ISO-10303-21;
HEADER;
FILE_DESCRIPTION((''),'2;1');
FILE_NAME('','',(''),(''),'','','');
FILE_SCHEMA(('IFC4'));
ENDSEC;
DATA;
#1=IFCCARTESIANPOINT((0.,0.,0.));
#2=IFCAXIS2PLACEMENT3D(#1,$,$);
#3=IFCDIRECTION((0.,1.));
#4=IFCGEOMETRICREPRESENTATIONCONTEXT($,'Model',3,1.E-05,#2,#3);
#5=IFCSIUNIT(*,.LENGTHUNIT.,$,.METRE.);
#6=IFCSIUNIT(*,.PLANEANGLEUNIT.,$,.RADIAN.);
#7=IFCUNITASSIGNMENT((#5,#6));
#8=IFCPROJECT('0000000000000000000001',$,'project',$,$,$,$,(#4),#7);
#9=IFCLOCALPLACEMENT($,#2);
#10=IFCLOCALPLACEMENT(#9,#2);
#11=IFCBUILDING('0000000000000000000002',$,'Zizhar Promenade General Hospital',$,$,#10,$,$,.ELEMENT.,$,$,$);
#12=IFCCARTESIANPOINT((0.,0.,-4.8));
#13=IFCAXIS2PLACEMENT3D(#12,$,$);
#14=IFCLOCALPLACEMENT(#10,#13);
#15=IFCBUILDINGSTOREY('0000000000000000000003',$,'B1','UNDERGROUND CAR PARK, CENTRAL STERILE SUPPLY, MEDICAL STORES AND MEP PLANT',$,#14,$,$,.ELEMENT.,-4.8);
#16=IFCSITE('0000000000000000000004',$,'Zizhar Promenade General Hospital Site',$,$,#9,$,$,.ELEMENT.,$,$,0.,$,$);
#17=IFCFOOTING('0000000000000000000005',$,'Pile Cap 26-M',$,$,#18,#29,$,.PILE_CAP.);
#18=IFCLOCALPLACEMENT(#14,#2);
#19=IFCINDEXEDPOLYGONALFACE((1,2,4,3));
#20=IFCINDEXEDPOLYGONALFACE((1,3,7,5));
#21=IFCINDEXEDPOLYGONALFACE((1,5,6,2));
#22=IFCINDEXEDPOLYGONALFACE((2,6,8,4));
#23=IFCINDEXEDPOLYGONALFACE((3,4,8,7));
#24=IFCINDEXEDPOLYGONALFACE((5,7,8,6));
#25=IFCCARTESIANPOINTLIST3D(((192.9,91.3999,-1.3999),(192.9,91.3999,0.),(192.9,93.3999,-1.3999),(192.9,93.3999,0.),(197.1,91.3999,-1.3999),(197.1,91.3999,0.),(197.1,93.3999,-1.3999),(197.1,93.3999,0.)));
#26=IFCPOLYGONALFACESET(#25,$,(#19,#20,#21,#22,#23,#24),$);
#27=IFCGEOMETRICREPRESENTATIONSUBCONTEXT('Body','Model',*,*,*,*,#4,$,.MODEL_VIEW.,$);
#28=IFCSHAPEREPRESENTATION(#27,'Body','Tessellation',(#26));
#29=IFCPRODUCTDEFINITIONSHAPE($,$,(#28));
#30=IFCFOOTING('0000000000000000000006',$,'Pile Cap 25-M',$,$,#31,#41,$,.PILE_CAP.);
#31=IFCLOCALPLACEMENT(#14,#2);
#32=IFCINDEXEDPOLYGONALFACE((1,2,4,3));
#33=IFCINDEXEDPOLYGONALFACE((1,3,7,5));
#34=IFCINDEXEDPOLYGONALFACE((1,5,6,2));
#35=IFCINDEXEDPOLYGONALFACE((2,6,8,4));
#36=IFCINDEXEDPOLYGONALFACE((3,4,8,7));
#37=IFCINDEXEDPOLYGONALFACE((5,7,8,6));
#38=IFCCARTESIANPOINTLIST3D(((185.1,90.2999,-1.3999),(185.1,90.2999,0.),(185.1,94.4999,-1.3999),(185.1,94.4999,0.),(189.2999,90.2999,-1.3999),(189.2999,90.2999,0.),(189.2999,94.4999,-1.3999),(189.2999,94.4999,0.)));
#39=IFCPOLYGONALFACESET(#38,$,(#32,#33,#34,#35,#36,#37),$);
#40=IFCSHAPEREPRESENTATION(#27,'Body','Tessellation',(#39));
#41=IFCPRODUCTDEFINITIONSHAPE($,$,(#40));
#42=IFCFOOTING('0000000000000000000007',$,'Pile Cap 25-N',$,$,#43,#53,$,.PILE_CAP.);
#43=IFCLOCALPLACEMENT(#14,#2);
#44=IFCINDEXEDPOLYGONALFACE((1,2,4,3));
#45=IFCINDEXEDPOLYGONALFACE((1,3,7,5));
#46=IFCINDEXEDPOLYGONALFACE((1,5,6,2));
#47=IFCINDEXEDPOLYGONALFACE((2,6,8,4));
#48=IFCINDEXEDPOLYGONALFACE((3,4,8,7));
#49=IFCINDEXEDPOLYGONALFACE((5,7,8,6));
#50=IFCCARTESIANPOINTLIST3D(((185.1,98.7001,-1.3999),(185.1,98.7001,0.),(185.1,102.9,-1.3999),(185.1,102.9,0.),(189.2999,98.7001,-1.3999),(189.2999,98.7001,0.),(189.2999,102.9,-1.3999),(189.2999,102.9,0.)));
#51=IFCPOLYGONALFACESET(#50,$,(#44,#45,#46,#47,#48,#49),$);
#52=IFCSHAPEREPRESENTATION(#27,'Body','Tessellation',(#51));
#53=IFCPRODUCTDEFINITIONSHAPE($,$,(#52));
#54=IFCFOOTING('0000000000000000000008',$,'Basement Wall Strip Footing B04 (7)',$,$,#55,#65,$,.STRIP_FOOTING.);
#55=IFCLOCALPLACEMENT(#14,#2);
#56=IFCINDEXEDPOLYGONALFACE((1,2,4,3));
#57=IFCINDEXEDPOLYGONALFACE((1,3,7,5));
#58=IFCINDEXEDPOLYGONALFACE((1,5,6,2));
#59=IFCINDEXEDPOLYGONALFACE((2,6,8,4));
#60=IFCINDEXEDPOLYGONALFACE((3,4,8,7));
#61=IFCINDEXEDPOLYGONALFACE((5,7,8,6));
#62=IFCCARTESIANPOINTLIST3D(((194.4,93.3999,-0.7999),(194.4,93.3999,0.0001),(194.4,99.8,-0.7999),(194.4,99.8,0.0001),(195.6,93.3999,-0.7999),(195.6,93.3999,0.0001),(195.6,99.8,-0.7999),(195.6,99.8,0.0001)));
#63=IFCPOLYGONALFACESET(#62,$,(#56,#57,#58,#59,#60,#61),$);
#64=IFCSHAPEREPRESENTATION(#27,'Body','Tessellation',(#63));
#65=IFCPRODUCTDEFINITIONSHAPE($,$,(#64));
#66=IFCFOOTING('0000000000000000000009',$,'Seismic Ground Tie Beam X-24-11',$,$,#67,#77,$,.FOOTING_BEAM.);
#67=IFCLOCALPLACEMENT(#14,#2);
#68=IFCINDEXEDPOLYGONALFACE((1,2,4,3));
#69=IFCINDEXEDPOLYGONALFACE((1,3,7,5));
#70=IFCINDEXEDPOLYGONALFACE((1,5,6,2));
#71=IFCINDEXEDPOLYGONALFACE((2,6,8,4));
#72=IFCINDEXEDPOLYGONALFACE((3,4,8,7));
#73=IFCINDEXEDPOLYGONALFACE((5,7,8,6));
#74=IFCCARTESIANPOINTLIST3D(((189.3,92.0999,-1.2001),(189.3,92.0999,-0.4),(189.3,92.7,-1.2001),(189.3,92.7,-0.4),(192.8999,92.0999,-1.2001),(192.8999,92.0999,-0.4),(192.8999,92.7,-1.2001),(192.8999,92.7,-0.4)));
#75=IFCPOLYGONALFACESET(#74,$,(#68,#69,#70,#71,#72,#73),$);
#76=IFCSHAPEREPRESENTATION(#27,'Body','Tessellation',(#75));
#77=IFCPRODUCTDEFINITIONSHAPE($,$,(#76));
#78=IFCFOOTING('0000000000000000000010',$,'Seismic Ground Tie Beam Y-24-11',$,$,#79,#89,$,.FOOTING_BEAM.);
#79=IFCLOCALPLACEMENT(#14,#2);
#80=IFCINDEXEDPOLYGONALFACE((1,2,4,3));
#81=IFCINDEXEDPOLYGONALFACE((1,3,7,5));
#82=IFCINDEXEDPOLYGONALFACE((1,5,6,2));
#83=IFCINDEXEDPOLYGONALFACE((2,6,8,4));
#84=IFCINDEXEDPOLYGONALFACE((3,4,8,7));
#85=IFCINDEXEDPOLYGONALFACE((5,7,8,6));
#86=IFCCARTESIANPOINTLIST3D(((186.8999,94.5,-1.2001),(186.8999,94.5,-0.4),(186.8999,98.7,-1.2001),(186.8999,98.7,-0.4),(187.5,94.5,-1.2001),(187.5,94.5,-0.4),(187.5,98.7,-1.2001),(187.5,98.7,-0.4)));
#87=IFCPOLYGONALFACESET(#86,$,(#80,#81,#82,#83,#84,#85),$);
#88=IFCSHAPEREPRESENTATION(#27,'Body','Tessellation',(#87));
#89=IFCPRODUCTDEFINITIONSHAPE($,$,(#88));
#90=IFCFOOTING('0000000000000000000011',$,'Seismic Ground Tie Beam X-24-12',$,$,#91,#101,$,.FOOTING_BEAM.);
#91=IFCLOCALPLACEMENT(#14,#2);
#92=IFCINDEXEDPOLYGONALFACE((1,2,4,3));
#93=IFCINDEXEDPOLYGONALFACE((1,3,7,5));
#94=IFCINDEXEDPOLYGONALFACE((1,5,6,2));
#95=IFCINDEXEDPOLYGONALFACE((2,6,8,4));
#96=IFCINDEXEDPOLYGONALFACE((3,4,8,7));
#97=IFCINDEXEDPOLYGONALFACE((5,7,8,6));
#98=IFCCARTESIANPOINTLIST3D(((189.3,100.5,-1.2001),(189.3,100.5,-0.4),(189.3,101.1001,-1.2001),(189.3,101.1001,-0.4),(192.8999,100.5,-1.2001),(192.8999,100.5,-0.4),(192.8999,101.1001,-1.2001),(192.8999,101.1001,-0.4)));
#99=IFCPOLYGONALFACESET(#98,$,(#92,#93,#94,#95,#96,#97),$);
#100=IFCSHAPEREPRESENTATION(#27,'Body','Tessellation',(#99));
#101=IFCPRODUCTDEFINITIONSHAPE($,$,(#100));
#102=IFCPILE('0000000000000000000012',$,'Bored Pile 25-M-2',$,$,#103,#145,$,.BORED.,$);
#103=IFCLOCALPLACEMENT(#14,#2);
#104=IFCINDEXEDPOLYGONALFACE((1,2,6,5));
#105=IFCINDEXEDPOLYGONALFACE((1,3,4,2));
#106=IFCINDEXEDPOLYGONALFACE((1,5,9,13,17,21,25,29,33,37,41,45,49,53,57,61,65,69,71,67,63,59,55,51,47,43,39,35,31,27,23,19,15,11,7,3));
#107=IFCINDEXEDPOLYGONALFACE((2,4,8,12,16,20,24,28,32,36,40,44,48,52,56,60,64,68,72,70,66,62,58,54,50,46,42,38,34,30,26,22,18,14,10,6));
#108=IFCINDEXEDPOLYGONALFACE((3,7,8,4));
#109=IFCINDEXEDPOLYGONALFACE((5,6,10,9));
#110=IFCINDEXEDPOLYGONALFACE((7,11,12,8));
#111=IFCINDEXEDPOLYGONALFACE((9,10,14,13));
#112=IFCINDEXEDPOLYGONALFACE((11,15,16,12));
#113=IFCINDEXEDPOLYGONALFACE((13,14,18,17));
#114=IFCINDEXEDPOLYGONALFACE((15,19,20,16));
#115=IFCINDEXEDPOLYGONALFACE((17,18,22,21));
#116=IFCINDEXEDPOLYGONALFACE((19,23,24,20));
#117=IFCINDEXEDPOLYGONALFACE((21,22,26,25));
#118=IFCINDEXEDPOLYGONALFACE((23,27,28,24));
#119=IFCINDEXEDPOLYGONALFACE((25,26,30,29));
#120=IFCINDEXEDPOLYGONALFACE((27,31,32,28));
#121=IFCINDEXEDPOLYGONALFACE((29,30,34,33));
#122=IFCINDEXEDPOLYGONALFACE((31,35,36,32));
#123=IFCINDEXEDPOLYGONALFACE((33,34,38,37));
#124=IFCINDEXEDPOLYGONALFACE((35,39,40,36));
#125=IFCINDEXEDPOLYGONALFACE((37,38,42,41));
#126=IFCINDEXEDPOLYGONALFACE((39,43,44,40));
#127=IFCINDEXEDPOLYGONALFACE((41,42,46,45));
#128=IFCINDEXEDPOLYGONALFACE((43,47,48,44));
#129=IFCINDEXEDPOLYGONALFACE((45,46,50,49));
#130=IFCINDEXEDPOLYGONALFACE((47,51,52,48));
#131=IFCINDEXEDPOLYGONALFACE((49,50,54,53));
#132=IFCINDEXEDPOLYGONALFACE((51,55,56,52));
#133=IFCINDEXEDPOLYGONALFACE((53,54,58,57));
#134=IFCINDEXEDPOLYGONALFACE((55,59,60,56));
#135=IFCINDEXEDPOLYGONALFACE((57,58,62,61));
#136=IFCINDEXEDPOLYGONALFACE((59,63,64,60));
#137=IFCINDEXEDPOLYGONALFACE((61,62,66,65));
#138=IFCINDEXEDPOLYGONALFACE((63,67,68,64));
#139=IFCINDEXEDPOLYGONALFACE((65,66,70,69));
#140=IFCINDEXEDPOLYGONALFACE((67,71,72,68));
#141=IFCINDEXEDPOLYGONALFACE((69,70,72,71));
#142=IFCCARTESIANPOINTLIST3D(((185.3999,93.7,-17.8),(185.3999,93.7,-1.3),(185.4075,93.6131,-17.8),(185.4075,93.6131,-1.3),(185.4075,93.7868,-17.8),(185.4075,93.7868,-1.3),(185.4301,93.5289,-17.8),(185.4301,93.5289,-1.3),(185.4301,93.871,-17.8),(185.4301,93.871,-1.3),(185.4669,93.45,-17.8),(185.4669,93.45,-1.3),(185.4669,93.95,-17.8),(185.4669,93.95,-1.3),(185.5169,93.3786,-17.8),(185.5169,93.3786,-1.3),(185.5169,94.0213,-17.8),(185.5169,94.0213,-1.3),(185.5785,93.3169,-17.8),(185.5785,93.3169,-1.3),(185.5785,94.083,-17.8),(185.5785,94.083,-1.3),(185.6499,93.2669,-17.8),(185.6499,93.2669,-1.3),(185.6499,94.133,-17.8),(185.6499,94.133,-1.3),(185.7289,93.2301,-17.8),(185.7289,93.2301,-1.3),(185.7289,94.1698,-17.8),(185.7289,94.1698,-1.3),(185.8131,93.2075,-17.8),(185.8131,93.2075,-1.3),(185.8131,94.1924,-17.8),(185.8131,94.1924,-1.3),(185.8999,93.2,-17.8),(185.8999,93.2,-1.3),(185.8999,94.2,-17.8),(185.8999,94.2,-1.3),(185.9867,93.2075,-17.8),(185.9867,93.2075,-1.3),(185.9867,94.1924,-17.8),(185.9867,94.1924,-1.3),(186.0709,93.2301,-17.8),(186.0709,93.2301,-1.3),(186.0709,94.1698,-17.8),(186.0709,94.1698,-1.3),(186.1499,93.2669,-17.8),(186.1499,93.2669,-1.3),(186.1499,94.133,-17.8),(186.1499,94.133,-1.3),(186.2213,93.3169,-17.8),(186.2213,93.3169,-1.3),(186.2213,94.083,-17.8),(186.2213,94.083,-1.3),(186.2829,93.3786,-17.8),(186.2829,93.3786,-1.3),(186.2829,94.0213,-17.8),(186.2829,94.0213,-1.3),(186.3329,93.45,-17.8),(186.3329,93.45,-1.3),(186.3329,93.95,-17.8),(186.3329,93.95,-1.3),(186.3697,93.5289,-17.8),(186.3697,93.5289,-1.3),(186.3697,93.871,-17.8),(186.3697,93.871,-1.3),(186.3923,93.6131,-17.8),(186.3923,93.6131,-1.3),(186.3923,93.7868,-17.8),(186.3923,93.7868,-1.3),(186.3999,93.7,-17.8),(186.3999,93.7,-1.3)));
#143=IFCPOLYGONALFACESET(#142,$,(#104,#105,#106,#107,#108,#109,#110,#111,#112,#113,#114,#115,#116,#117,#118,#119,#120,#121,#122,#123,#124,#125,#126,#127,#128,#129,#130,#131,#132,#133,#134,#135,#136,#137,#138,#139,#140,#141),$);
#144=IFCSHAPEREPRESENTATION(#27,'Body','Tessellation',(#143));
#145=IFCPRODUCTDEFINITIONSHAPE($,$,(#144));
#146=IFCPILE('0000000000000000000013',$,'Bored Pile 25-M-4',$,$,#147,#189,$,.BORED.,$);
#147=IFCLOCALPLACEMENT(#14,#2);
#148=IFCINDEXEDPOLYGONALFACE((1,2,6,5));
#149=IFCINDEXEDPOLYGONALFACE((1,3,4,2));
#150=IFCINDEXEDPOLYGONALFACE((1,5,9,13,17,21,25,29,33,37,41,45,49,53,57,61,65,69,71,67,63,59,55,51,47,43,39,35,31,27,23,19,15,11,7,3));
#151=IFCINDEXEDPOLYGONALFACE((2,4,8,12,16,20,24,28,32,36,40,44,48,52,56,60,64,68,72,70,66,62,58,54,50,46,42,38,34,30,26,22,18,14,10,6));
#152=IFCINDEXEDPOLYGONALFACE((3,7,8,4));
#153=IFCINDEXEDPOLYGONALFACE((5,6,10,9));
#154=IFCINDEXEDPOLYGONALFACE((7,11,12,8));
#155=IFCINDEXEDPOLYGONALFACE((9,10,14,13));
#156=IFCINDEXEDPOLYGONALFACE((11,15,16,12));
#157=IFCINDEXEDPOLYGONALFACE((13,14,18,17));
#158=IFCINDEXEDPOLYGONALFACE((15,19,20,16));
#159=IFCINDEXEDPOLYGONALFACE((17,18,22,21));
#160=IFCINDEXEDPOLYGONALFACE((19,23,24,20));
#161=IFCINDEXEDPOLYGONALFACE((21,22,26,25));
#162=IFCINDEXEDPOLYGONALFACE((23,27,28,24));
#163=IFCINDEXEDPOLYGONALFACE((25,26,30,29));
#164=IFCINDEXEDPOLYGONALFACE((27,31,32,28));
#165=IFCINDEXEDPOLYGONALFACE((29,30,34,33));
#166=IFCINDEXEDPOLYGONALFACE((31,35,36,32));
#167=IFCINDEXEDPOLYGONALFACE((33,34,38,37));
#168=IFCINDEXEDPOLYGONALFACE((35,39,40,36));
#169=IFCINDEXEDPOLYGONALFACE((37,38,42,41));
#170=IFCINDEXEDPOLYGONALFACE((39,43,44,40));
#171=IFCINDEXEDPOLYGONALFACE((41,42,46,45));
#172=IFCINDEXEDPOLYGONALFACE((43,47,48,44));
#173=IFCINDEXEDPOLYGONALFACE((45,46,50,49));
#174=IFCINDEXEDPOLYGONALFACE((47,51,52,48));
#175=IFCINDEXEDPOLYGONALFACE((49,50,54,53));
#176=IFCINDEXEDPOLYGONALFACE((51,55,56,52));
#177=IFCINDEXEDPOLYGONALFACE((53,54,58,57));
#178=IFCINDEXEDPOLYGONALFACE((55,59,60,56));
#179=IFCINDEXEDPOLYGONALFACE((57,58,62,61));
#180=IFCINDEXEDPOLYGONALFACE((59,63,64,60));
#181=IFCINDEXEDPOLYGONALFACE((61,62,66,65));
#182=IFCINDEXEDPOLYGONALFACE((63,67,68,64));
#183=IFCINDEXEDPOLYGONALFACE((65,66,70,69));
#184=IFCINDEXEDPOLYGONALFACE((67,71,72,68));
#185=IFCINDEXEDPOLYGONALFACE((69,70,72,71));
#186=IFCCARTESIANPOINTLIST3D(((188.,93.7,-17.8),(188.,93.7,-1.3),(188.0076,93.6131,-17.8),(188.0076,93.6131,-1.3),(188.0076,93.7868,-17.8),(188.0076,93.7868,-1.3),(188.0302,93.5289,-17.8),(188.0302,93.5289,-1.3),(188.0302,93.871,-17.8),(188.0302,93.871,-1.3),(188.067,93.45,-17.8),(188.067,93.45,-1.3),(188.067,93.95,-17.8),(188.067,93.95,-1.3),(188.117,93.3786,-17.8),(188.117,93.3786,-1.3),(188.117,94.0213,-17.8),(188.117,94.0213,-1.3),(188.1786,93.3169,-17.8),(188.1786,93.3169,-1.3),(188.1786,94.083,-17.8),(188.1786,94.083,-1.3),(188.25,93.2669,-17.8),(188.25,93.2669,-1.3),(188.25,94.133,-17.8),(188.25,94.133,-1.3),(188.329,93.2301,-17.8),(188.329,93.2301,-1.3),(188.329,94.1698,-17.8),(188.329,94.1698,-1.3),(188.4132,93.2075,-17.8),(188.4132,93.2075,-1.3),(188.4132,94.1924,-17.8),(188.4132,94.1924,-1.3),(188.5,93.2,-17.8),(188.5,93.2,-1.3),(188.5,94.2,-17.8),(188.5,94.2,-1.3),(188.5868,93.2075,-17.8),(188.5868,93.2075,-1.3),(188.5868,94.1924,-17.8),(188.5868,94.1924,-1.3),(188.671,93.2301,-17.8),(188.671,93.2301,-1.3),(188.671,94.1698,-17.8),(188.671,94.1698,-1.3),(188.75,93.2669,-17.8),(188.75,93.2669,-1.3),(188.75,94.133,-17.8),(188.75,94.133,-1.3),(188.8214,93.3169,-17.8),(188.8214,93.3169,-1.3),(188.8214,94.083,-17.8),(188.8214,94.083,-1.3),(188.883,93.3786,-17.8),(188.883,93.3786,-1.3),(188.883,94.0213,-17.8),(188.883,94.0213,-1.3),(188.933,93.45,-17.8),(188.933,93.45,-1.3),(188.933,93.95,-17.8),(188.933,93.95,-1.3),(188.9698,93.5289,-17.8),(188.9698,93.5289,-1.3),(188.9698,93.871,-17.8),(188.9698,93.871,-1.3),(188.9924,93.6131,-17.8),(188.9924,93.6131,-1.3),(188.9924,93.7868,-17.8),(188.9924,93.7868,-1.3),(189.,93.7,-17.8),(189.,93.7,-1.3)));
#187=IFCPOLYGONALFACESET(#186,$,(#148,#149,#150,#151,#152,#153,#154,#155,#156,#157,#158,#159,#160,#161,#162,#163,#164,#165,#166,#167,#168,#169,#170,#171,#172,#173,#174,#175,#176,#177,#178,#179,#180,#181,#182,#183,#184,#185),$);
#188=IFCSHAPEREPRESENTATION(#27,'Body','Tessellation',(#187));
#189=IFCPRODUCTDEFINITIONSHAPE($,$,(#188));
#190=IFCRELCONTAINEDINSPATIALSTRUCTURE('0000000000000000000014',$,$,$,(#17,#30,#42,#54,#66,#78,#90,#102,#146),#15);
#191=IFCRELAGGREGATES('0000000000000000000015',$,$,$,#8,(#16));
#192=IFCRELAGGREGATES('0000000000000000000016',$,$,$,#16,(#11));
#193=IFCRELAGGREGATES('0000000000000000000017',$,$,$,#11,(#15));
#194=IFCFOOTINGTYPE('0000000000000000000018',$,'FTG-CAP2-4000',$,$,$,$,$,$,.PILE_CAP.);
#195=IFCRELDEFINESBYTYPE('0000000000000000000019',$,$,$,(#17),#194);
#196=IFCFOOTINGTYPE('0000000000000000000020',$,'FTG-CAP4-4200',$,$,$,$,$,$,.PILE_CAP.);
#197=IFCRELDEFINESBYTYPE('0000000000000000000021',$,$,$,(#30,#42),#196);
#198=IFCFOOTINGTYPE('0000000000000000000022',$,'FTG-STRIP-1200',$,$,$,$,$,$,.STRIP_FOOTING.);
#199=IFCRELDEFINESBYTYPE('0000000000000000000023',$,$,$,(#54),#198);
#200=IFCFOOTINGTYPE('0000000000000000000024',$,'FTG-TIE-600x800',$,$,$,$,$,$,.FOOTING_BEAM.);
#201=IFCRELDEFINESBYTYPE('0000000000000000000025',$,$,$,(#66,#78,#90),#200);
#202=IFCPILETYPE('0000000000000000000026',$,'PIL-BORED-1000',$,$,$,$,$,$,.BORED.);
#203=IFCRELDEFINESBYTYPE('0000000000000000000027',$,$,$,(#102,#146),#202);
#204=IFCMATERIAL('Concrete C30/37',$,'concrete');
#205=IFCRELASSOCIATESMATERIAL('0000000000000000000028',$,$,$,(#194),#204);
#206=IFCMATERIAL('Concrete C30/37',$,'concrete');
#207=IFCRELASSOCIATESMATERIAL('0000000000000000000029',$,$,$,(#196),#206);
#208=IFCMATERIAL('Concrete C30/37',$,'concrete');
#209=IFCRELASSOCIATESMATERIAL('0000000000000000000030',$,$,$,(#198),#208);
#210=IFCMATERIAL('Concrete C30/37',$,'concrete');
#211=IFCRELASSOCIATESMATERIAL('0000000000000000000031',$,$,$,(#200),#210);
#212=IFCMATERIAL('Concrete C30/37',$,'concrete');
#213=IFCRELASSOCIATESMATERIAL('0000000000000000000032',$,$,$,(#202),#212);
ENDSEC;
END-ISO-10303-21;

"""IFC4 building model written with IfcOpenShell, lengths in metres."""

from ifc_helpers import new_model, si_unit, direction, frame, origin, origin_2d, place, context, subcontext, project, spatial, rectangle, circle, extrude, material, material_profile, profile_set, type_object, element, save


model = new_model("IFC4")

# Units and contexts
model_context = context("Model", 3, precision=1e-05, world=origin(), true_north=direction((0.0, 1.0)))
body_context = subcontext(model_context, "Body", "Model", "MODEL_VIEW")
ifc_project = project(units=[si_unit("LENGTHUNIT", "METRE"), si_unit("PLANEANGLEUNIT", "RADIAN")], contexts=[model_context])

# Site, building, storey
site_placement = place(None, origin())
site = spatial("IfcSite", under=ifc_project, at=site_placement, Name="Zizhar Promenade General Hospital Site", CompositionType="ELEMENT", RefElevation=0.0)
building_placement = place(site_placement, origin())
building = spatial("IfcBuilding", under=site, at=building_placement, Name="Zizhar Promenade General Hospital", CompositionType="ELEMENT")
storey_placement = place(building_placement, frame((0.0, 0.0, -4.8)))
storey = spatial("IfcBuildingStorey", under=building, at=storey_placement, Name="B1", Description="UNDERGROUND CAR PARK, CENTRAL STERILE SUPPLY, MEDICAL STORES AND MEP PLANT", CompositionType="ELEMENT", Elevation=-4.8)

# Footings
ifc_material_1 = material(Name="Concrete C30/37", Category="concrete")
footing_type_1 = type_object("IfcFootingType", Name="FTG-CAP2-4000", PredefinedType="PILE_CAP", material=ifc_material_1)
footing_1_placement = place(storey_placement, frame((195.0, 92.3999, -1.3999), z_axis=(0.0, 0.0, 1.0), x_axis=(1.0, 0.0, 0.0)))
element("IfcFooting", 1, at=footing_1_placement, inside=storey, type_object=footing_type_1, Name="Pile Cap 26-M", PredefinedType="PILE_CAP", context=body_context, shape_type="SweptSolid", body=[
    extrude(rectangle(XDim=4.2, YDim=2.0, at=origin_2d()), origin(), (0.0, 0.0, 1.0), 1.3999),
])
ifc_material_2 = material(Name="Concrete C30/37", Category="concrete")
footing_type_2 = type_object("IfcFootingType", Name="FTG-CAP4-4200", PredefinedType="PILE_CAP", material=ifc_material_2)
for number, where, z_axis, x_axis, name in (
    (2, (187.2, 92.3999, -1.3999), (0.0, 0.0, 1.0), (1.0, 0.0, 0.0), "Pile Cap 25-M"),
    (3, (187.2, 100.8, -1.3999), (0.0, 0.0, 1.0), (1.0, 0.0, 0.0), "Pile Cap 25-N"),
):
    element("IfcFooting", number, at=place(storey_placement, frame(where, z_axis=z_axis, x_axis=x_axis)), inside=storey, type_object=footing_type_2, Name=name, PredefinedType="PILE_CAP", context=body_context, shape_type="SweptSolid", body=[
        extrude(rectangle(XDim=4.2, YDim=4.2, at=origin_2d()), origin(), (0.0, 0.0, 1.0), 1.3999),
    ])
ifc_material_3 = material(Name="Concrete C30/37", Category="concrete")
ifc_material_profile_1 = material_profile(ifc_material_3, rectangle(XDim=1.2, YDim=0.8, at=origin_2d()))
ifc_profile_set_1 = profile_set([ifc_material_profile_1], Name="Concrete C30/37")
footing_type_3 = type_object("IfcFootingType", Name="FTG-STRIP-1200", PredefinedType="STRIP_FOOTING", material=ifc_profile_set_1)
footing_2_placement = place(storey_placement, frame((195.0, 93.3999, -0.3999), z_axis=(0.0, 1.0, 0.0), x_axis=(-1.0, 0.0, 0.0)))
element("IfcFooting", 4, at=footing_2_placement, inside=storey, type_object=footing_type_3, Name="Basement Wall Strip Footing B04 (7)", PredefinedType="STRIP_FOOTING", context=body_context, shape_type="SweptSolid", body=[
    extrude(rectangle(XDim=1.2, YDim=0.8, at=origin_2d()), origin(), (0.0, 0.0, 1.0), 6.4001),
])
ifc_material_4 = material(Name="Concrete C30/37", Category="concrete")
ifc_material_profile_2 = material_profile(ifc_material_4, rectangle(XDim=0.6001, YDim=0.8, at=origin_2d()))
ifc_profile_set_2 = profile_set([ifc_material_profile_2], Name="Concrete C30/37")
footing_type_4 = type_object("IfcFootingType", Name="FTG-TIE-600x800", PredefinedType="FOOTING_BEAM", material=ifc_profile_set_2)
footing_3_placement = place(storey_placement, frame((189.3, 92.3999, -0.8), z_axis=(1.0, 0.0, 0.0), x_axis=(0.0, 1.0, 0.0)))
element("IfcFooting", 5, at=footing_3_placement, inside=storey, type_object=footing_type_4, Name="Seismic Ground Tie Beam X-24-11", PredefinedType="FOOTING_BEAM", context=body_context, shape_type="SweptSolid", body=[
    extrude(rectangle(XDim=0.6001, YDim=0.8, at=origin_2d()), origin(), (0.0, 0.0, 1.0), 3.5999),
])
footing_4_placement = place(storey_placement, frame((187.2, 94.5, -0.8), z_axis=(0.0, 1.0, 0.0), x_axis=(-1.0, 0.0, 0.0)))
element("IfcFooting", 6, at=footing_4_placement, inside=storey, type_object=footing_type_4, Name="Seismic Ground Tie Beam Y-24-11", PredefinedType="FOOTING_BEAM", context=body_context, shape_type="SweptSolid", body=[
    extrude(rectangle(XDim=0.6001, YDim=0.8, at=origin_2d()), origin(), (0.0, 0.0, 1.0), 4.2),
])
footing_5_placement = place(storey_placement, frame((189.3, 100.8, -0.8), z_axis=(1.0, 0.0, 0.0), x_axis=(0.0, 1.0, 0.0)))
element("IfcFooting", 7, at=footing_5_placement, inside=storey, type_object=footing_type_4, Name="Seismic Ground Tie Beam X-24-12", PredefinedType="FOOTING_BEAM", context=body_context, shape_type="SweptSolid", body=[
    extrude(rectangle(XDim=0.6001, YDim=0.8, at=origin_2d()), origin(), (0.0, 0.0, 1.0), 3.5999),
])

# Piles
ifc_material_5 = material(Name="Concrete C30/37", Category="concrete")
ifc_material_profile_3 = material_profile(ifc_material_5, circle(Radius=0.5, at=origin_2d()))
ifc_profile_set_3 = profile_set([ifc_material_profile_3], Name="Concrete C30/37")
pile_type = type_object("IfcPileType", Name="PIL-BORED-1000", PredefinedType="BORED", material=ifc_profile_set_3)
for number, where, z_axis, x_axis, name in (
    (8, (185.8999, 93.7, -1.3), (0.0, 0.0, -1.0), (1.0, 0.0, 0.0), "Bored Pile 25-M-2"),
    (9, (188.5, 93.7, -1.3), (0.0, 0.0, -1.0), (1.0, 0.0, 0.0), "Bored Pile 25-M-4"),
):
    element("IfcPile", number, at=place(storey_placement, frame(where, z_axis=z_axis, x_axis=x_axis)), inside=storey, type_object=pile_type, Name=name, PredefinedType="BORED", context=body_context, shape_type="SweptSolid", body=[
        extrude(circle(Radius=0.5, at=origin_2d()), origin(), (0.0, 0.0, 1.0), 16.5),
    ])

save(model, "model.ifc")
